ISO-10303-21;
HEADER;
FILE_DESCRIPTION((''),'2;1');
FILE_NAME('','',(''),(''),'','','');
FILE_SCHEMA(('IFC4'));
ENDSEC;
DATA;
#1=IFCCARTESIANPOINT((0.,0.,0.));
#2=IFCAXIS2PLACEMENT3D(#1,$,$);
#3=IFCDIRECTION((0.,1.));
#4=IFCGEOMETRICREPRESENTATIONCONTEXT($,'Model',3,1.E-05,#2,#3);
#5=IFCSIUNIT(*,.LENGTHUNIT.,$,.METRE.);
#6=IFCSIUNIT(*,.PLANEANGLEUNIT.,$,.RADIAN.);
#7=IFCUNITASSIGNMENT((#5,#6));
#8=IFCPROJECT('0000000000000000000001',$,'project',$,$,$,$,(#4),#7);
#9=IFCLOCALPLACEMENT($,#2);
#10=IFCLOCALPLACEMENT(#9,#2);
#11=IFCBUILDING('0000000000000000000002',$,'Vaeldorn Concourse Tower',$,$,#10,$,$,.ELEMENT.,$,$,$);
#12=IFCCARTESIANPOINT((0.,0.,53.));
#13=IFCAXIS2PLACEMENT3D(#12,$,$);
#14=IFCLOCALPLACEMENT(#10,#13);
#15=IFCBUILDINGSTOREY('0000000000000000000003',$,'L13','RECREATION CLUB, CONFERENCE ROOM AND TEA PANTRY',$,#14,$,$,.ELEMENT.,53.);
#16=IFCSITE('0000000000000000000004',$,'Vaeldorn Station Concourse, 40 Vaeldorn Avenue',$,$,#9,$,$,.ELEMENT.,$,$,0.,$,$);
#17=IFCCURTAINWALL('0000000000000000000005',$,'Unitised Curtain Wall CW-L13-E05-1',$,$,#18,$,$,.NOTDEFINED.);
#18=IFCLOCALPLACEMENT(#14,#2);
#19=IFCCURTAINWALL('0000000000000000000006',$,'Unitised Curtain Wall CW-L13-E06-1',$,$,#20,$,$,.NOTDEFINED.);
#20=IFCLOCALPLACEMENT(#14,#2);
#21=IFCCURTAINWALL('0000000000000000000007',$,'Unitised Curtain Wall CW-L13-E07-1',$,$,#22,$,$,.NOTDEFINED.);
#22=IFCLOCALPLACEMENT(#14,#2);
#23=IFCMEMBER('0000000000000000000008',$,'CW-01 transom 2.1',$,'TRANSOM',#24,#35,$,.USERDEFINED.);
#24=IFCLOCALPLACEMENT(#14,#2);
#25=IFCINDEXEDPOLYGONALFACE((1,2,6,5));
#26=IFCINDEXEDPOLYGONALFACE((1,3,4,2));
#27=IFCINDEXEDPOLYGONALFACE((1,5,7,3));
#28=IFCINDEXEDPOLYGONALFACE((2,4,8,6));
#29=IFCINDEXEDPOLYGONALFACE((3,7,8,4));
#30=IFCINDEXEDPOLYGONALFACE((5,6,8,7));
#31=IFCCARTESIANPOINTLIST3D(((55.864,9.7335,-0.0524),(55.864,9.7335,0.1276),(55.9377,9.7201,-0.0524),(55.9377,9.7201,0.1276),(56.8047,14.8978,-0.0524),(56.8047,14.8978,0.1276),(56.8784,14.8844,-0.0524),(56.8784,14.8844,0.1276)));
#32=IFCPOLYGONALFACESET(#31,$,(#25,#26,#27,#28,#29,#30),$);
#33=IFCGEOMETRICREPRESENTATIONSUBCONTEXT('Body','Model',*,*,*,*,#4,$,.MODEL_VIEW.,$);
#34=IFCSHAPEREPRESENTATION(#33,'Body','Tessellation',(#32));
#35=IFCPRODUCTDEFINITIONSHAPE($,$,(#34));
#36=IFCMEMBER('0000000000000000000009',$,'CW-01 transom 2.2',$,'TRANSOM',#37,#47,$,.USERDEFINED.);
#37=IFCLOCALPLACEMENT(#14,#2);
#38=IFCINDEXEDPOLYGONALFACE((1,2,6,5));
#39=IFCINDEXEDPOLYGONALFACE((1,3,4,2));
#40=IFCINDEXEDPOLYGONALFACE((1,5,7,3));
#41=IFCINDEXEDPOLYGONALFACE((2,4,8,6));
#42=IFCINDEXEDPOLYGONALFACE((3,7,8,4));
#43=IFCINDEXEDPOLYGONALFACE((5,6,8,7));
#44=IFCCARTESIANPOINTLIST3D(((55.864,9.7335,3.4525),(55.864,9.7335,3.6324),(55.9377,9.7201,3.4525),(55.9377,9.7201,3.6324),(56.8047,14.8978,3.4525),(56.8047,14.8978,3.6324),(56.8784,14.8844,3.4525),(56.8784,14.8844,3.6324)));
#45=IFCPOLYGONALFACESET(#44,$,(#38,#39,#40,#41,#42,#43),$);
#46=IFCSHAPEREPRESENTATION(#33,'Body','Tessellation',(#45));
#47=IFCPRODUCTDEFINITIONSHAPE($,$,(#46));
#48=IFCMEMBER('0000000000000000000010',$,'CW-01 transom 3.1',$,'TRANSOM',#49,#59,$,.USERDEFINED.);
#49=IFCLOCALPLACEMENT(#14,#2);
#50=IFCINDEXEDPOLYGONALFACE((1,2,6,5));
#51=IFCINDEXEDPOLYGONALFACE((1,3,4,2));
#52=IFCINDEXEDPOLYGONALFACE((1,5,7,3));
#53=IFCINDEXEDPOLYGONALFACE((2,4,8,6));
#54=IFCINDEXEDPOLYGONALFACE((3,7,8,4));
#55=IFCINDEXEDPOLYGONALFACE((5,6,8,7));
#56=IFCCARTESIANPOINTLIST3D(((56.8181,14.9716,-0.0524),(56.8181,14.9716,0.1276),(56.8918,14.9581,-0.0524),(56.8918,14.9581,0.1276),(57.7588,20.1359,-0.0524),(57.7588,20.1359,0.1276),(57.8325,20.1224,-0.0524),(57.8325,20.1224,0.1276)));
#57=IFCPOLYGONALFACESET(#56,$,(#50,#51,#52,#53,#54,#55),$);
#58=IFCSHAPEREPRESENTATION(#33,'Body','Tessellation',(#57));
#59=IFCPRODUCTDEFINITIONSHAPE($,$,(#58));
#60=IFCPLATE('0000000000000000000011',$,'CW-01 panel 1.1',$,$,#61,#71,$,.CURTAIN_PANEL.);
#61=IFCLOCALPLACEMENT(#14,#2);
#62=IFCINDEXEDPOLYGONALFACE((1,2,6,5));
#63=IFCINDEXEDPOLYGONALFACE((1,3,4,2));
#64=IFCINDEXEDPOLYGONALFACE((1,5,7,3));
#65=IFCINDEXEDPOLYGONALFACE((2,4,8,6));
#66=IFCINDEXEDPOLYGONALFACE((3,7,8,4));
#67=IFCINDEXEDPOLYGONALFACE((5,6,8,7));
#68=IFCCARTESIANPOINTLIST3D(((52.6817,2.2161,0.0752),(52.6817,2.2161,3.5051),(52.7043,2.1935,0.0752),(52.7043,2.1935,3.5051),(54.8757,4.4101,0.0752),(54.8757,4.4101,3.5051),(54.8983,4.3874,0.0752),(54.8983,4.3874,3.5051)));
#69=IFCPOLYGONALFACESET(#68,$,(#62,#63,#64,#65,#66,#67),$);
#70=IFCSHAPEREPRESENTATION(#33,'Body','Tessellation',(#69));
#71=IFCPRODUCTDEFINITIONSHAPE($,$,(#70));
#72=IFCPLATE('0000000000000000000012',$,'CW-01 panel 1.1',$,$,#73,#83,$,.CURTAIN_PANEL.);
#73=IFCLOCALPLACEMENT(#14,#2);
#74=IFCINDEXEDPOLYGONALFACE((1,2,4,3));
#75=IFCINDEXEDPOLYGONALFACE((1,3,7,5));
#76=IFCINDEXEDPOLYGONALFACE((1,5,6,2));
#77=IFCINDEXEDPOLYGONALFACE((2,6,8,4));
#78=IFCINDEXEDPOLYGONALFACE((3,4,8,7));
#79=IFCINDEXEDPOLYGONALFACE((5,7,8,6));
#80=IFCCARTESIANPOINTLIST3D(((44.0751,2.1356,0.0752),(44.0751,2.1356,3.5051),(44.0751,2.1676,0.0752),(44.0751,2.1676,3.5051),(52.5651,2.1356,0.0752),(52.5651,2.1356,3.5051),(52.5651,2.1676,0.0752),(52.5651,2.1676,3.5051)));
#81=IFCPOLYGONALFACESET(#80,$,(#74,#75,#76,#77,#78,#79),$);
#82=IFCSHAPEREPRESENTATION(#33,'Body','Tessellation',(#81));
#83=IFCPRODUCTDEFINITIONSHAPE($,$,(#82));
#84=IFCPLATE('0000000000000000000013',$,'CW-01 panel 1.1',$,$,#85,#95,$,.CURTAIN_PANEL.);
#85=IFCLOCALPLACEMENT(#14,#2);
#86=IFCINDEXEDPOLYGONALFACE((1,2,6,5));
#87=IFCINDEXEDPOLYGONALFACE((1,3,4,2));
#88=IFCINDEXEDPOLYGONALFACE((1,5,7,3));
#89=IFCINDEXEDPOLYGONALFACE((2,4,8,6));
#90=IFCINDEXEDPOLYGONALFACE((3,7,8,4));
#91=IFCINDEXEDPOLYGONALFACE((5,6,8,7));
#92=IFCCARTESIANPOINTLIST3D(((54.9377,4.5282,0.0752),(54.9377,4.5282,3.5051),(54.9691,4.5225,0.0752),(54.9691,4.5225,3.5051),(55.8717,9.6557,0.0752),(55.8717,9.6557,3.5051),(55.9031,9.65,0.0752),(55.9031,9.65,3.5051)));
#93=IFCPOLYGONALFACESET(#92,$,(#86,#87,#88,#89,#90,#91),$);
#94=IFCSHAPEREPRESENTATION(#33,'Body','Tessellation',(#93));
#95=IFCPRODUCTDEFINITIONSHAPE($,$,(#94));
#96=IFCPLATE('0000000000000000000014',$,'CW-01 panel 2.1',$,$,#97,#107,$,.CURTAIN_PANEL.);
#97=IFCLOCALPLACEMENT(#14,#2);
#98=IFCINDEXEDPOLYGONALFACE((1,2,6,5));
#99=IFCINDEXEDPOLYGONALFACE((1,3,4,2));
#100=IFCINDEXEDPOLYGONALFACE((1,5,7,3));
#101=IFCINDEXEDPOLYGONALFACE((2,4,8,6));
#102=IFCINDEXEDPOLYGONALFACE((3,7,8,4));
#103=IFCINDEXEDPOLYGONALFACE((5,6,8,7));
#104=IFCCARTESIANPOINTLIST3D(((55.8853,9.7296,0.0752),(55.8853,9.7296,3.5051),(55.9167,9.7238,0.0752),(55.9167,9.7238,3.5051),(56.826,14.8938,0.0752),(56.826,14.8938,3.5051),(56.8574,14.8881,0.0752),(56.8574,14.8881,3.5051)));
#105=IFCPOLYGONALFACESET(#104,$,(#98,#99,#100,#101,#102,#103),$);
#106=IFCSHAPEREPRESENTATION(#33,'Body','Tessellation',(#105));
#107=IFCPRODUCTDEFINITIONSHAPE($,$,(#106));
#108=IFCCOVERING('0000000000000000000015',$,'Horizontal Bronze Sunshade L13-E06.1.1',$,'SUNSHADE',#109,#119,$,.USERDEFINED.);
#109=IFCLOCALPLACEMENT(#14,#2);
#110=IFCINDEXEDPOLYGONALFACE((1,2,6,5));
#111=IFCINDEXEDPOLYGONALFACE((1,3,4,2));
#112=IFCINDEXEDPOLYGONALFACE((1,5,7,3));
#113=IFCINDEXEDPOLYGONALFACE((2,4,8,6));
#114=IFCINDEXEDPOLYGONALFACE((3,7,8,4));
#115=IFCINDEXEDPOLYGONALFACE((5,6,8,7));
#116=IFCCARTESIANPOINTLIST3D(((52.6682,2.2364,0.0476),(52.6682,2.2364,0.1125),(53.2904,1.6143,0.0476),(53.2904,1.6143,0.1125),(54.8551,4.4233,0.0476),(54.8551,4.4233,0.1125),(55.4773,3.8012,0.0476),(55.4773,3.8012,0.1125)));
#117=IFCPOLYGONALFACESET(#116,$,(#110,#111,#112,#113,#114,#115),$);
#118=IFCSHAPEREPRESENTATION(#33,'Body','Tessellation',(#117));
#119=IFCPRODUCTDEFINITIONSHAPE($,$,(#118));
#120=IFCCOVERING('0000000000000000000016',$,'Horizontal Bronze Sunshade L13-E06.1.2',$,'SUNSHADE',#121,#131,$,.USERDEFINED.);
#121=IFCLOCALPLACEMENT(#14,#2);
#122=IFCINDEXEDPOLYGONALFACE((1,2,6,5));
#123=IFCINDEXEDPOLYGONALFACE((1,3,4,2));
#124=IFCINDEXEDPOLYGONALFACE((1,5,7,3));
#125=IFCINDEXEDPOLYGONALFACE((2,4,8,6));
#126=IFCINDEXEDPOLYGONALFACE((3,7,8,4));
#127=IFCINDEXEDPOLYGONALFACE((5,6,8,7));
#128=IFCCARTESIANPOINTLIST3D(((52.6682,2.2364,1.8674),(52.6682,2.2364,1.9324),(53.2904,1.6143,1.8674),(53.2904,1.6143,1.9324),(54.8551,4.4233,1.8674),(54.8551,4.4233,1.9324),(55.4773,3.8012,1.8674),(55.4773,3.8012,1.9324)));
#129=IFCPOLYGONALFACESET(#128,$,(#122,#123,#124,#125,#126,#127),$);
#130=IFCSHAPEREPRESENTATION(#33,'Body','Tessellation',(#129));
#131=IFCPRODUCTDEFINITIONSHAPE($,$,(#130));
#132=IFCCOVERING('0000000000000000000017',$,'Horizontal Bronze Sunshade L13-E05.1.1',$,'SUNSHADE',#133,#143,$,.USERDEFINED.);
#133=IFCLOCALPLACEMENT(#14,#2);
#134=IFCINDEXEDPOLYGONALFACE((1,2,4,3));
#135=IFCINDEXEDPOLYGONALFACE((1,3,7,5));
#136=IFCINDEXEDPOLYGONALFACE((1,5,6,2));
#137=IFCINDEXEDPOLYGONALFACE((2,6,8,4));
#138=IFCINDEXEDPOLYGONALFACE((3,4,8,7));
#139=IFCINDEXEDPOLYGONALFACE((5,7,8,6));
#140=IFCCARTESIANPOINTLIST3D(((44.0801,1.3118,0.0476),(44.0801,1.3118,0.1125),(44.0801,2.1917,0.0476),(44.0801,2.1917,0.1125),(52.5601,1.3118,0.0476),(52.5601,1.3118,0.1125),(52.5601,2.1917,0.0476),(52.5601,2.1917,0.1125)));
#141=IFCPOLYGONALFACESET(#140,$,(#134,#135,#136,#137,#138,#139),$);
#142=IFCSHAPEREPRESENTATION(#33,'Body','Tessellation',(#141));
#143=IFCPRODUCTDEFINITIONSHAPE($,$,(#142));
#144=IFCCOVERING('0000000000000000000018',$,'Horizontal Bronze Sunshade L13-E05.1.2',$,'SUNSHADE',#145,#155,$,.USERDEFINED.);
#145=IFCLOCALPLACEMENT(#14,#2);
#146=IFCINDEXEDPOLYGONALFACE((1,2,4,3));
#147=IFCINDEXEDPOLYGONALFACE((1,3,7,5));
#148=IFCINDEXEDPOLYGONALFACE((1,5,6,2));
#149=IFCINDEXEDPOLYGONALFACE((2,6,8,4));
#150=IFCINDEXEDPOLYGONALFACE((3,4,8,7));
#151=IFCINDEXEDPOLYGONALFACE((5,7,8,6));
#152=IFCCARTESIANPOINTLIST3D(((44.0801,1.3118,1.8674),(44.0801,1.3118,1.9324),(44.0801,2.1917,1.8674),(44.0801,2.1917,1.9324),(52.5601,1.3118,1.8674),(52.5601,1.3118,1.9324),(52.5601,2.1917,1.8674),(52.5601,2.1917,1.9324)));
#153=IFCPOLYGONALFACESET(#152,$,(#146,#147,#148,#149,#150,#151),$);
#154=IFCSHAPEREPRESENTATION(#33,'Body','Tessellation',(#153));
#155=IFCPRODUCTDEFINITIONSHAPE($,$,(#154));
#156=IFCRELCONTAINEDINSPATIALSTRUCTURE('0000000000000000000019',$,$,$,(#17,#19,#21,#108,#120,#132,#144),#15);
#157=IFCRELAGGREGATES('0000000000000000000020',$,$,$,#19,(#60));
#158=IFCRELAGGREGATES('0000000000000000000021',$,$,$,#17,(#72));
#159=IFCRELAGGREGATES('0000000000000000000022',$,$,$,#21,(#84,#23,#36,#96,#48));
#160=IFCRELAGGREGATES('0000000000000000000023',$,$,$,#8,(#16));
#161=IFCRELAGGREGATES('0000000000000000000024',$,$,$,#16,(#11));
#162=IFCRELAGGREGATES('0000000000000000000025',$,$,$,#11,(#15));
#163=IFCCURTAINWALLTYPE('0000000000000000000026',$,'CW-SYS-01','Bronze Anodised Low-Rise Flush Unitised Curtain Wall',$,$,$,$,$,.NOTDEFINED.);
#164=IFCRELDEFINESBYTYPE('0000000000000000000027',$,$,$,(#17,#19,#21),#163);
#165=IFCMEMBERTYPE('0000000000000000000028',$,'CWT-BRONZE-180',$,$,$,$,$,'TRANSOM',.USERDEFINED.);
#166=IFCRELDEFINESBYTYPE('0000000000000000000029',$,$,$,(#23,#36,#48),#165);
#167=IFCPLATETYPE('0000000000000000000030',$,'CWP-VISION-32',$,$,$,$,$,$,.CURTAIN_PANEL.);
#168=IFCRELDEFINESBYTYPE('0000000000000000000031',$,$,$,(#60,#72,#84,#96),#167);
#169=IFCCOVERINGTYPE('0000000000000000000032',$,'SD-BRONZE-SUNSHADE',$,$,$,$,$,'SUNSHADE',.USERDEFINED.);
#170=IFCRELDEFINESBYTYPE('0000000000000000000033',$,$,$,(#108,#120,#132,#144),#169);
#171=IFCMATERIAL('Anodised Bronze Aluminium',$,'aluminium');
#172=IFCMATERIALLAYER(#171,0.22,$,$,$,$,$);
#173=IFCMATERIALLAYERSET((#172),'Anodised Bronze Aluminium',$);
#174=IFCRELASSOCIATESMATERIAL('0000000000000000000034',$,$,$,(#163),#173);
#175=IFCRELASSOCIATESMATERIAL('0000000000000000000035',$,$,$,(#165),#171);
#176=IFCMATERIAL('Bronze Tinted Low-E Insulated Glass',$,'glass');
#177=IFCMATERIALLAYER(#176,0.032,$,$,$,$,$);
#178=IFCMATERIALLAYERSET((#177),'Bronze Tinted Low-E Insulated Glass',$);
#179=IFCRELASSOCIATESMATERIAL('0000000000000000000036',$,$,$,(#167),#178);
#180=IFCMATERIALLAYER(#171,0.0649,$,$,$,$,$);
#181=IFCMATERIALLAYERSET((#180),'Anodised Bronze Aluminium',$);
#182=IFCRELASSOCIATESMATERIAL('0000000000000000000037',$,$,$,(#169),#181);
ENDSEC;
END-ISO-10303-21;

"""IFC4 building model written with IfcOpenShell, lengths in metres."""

from ifc_helpers import new_model, si_unit, direction, frame, origin, origin_2d, place, context, subcontext, project, spatial, rectangle, extrude, source, transform, mapped, material, layer, layer_set, material_profile, profile_set, type_object, element, aggregate, save


model = new_model("IFC4")

# Units and contexts
model_context = context("Model", 3, precision=1e-05, world=origin(), true_north=direction((0.0, 1.0)))
body_context = subcontext(model_context, "Body", "Model", "MODEL_VIEW")
ifc_project = project(units=[si_unit("LENGTHUNIT", "METRE"), si_unit("PLANEANGLEUNIT", "RADIAN")], contexts=[model_context])

# Site, building, storey
site_placement = place(None, origin())
site = spatial("IfcSite", under=ifc_project, at=site_placement, Name="Vaeldorn Station Concourse, 40 Vaeldorn Avenue", CompositionType="ELEMENT", RefElevation=0.0)
building_placement = place(site_placement, origin())
building = spatial("IfcBuilding", under=site, at=building_placement, Name="Vaeldorn Concourse Tower", CompositionType="ELEMENT")
storey_placement = place(building_placement, frame((0.0, 0.0, 53.0)))
storey = spatial("IfcBuildingStorey", under=building, at=storey_placement, Name="L13", Description="RECREATION CLUB, CONFERENCE ROOM AND TEA PANTRY", CompositionType="ELEMENT", Elevation=53.0)

# Curtain wall
ifc_material_1 = material(Name="Anodised Bronze Aluminium", Category="aluminium")
ifc_layer_1 = layer(ifc_material_1, 0.22)
ifc_layer_set_1 = layer_set([ifc_layer_1], Name="Anodised Bronze Aluminium")
curtain_wall_type = type_object("IfcCurtainWallType", Name="CW-SYS-01", Description="Bronze Anodised Low-Rise Flush Unitised Curtain Wall", PredefinedType="NOTDEFINED", material=ifc_layer_set_1)
curtain_wall_1_placement = place(storey_placement, origin())
curtain_wall_1 = element("IfcCurtainWall", 1, at=curtain_wall_1_placement, inside=storey, type_object=curtain_wall_type, Name="Unitised Curtain Wall CW-L13-E05-1", PredefinedType="NOTDEFINED")

# Curtain walls
curtain_wall_2_placement = place(storey_placement, origin())
curtain_wall_2 = element("IfcCurtainWall", 2, at=curtain_wall_2_placement, inside=storey, type_object=curtain_wall_type, Name="Unitised Curtain Wall CW-L13-E06-1", PredefinedType="NOTDEFINED")
curtain_wall_3_placement = place(storey_placement, origin())
curtain_wall_3 = element("IfcCurtainWall", 3, at=curtain_wall_3_placement, inside=storey, type_object=curtain_wall_type, Name="Unitised Curtain Wall CW-L13-E07-1", PredefinedType="NOTDEFINED")

# Members
ifc_material_profile_1 = material_profile(ifc_material_1, rectangle(XDim=0.075, YDim=0.1799, at=origin_2d()), Name="CWT 75x180")
ifc_profile_set_1 = profile_set([ifc_material_profile_1], Name="Anodised Bronze Aluminium")
member_type_1 = type_object("IfcMemberType", Name="CWT-BRONZE-180", ElementType="TRANSOM", PredefinedType="USERDEFINED", material=ifc_profile_set_1)
shared_shape_1 = source(origin(), body_context, "Body", "SweptSolid", [
    extrude(rectangle(XDim=0.075, YDim=0.1799, at=origin_2d()), origin(), (0.0, 0.0, 1.0), 5.2493),
])
member_1_placement = place(storey_placement, frame((55.9009, 9.7268, 0.0376), z_axis=(0.179201, 0.983813, 0.0), x_axis=(-0.983813, 0.179201, 0.0)))
member_1 = element("IfcMember", 4, at=member_1_placement, type_object=member_type_1, Name="CW-01 transom 2.1", ObjectType="TRANSOM", PredefinedType="USERDEFINED", context=body_context, shape_type="MappedRepresentation", body=[
    mapped(shared_shape_1, transform((0.0, 0.0, 0.0), scale=1.0)),
])
member_2_placement = place(storey_placement, frame((55.9009, 9.7268, 3.5425), z_axis=(0.179201, 0.983813, 0.0), x_axis=(-0.983813, 0.179201, 0.0)))
member_2 = element("IfcMember", 5, at=member_2_placement, type_object=member_type_1, Name="CW-01 transom 2.2", ObjectType="TRANSOM", PredefinedType="USERDEFINED", context=body_context, shape_type="MappedRepresentation", body=[
    mapped(shared_shape_1, transform((0.0, 0.0, 0.0), scale=1.0)),
])
member_3_placement = place(storey_placement, frame((56.855, 14.9648, 0.0376), z_axis=(0.179201, 0.983813, 0.0), x_axis=(-0.983813, 0.179201, 0.0)))
member_3 = element("IfcMember", 6, at=member_3_placement, type_object=member_type_1, Name="CW-01 transom 3.1", ObjectType="TRANSOM", PredefinedType="USERDEFINED", context=body_context, shape_type="MappedRepresentation", body=[
    mapped(shared_shape_1, transform((0.0, 0.0, 0.0), scale=1.0)),
])

# Plates
ifc_material_2 = material(Name="Bronze Tinted Low-E Insulated Glass", Category="glass")
ifc_layer_2 = layer(ifc_material_2, 0.032)
ifc_layer_set_2 = layer_set([ifc_layer_2], Name="Bronze Tinted Low-E Insulated Glass")
plate_type = type_object("IfcPlateType", Name="CWP-VISION-32", PredefinedType="CURTAIN_PANEL", material=ifc_layer_set_2)
shared_shape_2 = source(origin(), body_context, "Body", "SweptSolid", [
    extrude(rectangle(XDim=3.1028, YDim=0.032, at=origin_2d()), origin(), (0.0, 0.0, 1.0), 3.4299),
])
plate_1_placement = place(storey_placement, frame((53.79, 3.3018, 0.0752), z_axis=(0.0, 0.0, 1.0), x_axis=(0.707107, 0.707107, 0.0)))
plate_1 = element("IfcPlate", 7, at=plate_1_placement, type_object=plate_type, Name="CW-01 panel 1.1", PredefinedType="CURTAIN_PANEL", context=body_context, shape_type="MappedRepresentation", body=[
    mapped(shared_shape_2, transform((0.0, 0.0, 0.0), scale=1.0)),
])
aggregate(curtain_wall_2, [plate_1])
shared_shape_3 = source(origin(), body_context, "Body", "SweptSolid", [
    extrude(rectangle(XDim=8.49, YDim=0.032, at=origin_2d()), origin(), (0.0, 0.0, 1.0), 3.4299),
])
plate_2_placement = place(storey_placement, frame((48.3201, 2.1516, 0.0752), z_axis=(0.0, 0.0, 1.0), x_axis=(1.0, 0.0, 0.0)))
plate_2 = element("IfcPlate", 8, at=plate_2_placement, type_object=plate_type, Name="CW-01 panel 1.1", PredefinedType="CURTAIN_PANEL", context=body_context, shape_type="MappedRepresentation", body=[
    mapped(shared_shape_3, transform((0.0, 0.0, 0.0), scale=1.0)),
])
aggregate(curtain_wall_1, [plate_2])
shared_shape_4 = source(origin(), body_context, "Body", "SweptSolid", [
    extrude(rectangle(XDim=5.2119, YDim=0.032, at=origin_2d()), origin(), (0.0, 0.0, 1.0), 3.4299),
])
plate_3_placement = place(storey_placement, frame((55.4204, 7.0891, 0.0752), z_axis=(0.0, 0.0, 1.0), x_axis=(0.179206, 0.983812, 0.0)))
plate_3 = element("IfcPlate", 9, at=plate_3_placement, type_object=plate_type, Name="CW-01 panel 1.1", PredefinedType="CURTAIN_PANEL", context=body_context, shape_type="MappedRepresentation", body=[
    mapped(shared_shape_4, transform((0.0, 0.0, 0.0), scale=1.0)),
])
shared_shape_5 = source(origin(), body_context, "Body", "SweptSolid", [
    extrude(rectangle(XDim=5.2493, YDim=0.032, at=origin_2d()), origin(), (0.0, 0.0, 1.0), 3.4299),
])
plate_4_placement = place(storey_placement, frame((56.3713, 12.3088, 0.0752), z_axis=(0.0, 0.0, 1.0), x_axis=(0.179206, 0.983812, 0.0)))
plate_4 = element("IfcPlate", 10, at=plate_4_placement, type_object=plate_type, Name="CW-01 panel 2.1", PredefinedType="CURTAIN_PANEL", context=body_context, shape_type="MappedRepresentation", body=[
    mapped(shared_shape_5, transform((0.0, 0.0, 0.0), scale=1.0)),
])
aggregate(curtain_wall_3, [plate_3, member_1, member_2, plate_4, member_3])

# Coverings
ifc_layer_3 = layer(ifc_material_1, 0.0649)
ifc_layer_set_3 = layer_set([ifc_layer_3], Name="Anodised Bronze Aluminium")
covering_type = type_object("IfcCoveringType", Name="SD-BRONZE-SUNSHADE", ElementType="SUNSHADE", PredefinedType="USERDEFINED", material=ifc_layer_set_3)
shared_shape_6 = source(origin(), body_context, "Body", "SweptSolid", [
    extrude(rectangle(XDim=3.0928, YDim=0.8799, at=origin_2d()), origin(), (0.0, 0.0, 1.0), 0.0649),
])
for number, where, z_axis, x_axis, name in (
    (11, (54.0728, 3.0188, 0.0476), (0.0, 0.0, 1.0), (0.707107, 0.707107, 0.0), "Horizontal Bronze Sunshade L13-E06.1.1"),
    (12, (54.0728, 3.0188, 1.8674), (0.0, 0.0, 1.0), (0.707107, 0.707107, 0.0), "Horizontal Bronze Sunshade L13-E06.1.2"),
):
    element("IfcCovering", number, at=place(storey_placement, frame(where, z_axis=z_axis, x_axis=x_axis)), inside=storey, type_object=covering_type, Name=name, ObjectType="SUNSHADE", PredefinedType="USERDEFINED", context=body_context, shape_type="MappedRepresentation", body=[
        mapped(shared_shape_6, transform((0.0, 0.0, 0.0), scale=1.0)),
    ])
shared_shape_7 = source(origin(), body_context, "Body", "SweptSolid", [
    extrude(rectangle(XDim=8.48, YDim=0.8799, at=origin_2d()), origin(), (0.0, 0.0, 1.0), 0.0649),
])
for number, where, z_axis, x_axis, name in (
    (13, (48.3201, 1.7517, 0.0476), (0.0, 0.0, 1.0), (1.0, 0.0, 0.0), "Horizontal Bronze Sunshade L13-E05.1.1"),
    (14, (48.3201, 1.7517, 1.8674), (0.0, 0.0, 1.0), (1.0, 0.0, 0.0), "Horizontal Bronze Sunshade L13-E05.1.2"),
):
    element("IfcCovering", number, at=place(storey_placement, frame(where, z_axis=z_axis, x_axis=x_axis)), inside=storey, type_object=covering_type, Name=name, ObjectType="SUNSHADE", PredefinedType="USERDEFINED", context=body_context, shape_type="MappedRepresentation", body=[
        mapped(shared_shape_7, transform((0.0, 0.0, 0.0), scale=1.0)),
    ])

save(model, "model.ifc")
